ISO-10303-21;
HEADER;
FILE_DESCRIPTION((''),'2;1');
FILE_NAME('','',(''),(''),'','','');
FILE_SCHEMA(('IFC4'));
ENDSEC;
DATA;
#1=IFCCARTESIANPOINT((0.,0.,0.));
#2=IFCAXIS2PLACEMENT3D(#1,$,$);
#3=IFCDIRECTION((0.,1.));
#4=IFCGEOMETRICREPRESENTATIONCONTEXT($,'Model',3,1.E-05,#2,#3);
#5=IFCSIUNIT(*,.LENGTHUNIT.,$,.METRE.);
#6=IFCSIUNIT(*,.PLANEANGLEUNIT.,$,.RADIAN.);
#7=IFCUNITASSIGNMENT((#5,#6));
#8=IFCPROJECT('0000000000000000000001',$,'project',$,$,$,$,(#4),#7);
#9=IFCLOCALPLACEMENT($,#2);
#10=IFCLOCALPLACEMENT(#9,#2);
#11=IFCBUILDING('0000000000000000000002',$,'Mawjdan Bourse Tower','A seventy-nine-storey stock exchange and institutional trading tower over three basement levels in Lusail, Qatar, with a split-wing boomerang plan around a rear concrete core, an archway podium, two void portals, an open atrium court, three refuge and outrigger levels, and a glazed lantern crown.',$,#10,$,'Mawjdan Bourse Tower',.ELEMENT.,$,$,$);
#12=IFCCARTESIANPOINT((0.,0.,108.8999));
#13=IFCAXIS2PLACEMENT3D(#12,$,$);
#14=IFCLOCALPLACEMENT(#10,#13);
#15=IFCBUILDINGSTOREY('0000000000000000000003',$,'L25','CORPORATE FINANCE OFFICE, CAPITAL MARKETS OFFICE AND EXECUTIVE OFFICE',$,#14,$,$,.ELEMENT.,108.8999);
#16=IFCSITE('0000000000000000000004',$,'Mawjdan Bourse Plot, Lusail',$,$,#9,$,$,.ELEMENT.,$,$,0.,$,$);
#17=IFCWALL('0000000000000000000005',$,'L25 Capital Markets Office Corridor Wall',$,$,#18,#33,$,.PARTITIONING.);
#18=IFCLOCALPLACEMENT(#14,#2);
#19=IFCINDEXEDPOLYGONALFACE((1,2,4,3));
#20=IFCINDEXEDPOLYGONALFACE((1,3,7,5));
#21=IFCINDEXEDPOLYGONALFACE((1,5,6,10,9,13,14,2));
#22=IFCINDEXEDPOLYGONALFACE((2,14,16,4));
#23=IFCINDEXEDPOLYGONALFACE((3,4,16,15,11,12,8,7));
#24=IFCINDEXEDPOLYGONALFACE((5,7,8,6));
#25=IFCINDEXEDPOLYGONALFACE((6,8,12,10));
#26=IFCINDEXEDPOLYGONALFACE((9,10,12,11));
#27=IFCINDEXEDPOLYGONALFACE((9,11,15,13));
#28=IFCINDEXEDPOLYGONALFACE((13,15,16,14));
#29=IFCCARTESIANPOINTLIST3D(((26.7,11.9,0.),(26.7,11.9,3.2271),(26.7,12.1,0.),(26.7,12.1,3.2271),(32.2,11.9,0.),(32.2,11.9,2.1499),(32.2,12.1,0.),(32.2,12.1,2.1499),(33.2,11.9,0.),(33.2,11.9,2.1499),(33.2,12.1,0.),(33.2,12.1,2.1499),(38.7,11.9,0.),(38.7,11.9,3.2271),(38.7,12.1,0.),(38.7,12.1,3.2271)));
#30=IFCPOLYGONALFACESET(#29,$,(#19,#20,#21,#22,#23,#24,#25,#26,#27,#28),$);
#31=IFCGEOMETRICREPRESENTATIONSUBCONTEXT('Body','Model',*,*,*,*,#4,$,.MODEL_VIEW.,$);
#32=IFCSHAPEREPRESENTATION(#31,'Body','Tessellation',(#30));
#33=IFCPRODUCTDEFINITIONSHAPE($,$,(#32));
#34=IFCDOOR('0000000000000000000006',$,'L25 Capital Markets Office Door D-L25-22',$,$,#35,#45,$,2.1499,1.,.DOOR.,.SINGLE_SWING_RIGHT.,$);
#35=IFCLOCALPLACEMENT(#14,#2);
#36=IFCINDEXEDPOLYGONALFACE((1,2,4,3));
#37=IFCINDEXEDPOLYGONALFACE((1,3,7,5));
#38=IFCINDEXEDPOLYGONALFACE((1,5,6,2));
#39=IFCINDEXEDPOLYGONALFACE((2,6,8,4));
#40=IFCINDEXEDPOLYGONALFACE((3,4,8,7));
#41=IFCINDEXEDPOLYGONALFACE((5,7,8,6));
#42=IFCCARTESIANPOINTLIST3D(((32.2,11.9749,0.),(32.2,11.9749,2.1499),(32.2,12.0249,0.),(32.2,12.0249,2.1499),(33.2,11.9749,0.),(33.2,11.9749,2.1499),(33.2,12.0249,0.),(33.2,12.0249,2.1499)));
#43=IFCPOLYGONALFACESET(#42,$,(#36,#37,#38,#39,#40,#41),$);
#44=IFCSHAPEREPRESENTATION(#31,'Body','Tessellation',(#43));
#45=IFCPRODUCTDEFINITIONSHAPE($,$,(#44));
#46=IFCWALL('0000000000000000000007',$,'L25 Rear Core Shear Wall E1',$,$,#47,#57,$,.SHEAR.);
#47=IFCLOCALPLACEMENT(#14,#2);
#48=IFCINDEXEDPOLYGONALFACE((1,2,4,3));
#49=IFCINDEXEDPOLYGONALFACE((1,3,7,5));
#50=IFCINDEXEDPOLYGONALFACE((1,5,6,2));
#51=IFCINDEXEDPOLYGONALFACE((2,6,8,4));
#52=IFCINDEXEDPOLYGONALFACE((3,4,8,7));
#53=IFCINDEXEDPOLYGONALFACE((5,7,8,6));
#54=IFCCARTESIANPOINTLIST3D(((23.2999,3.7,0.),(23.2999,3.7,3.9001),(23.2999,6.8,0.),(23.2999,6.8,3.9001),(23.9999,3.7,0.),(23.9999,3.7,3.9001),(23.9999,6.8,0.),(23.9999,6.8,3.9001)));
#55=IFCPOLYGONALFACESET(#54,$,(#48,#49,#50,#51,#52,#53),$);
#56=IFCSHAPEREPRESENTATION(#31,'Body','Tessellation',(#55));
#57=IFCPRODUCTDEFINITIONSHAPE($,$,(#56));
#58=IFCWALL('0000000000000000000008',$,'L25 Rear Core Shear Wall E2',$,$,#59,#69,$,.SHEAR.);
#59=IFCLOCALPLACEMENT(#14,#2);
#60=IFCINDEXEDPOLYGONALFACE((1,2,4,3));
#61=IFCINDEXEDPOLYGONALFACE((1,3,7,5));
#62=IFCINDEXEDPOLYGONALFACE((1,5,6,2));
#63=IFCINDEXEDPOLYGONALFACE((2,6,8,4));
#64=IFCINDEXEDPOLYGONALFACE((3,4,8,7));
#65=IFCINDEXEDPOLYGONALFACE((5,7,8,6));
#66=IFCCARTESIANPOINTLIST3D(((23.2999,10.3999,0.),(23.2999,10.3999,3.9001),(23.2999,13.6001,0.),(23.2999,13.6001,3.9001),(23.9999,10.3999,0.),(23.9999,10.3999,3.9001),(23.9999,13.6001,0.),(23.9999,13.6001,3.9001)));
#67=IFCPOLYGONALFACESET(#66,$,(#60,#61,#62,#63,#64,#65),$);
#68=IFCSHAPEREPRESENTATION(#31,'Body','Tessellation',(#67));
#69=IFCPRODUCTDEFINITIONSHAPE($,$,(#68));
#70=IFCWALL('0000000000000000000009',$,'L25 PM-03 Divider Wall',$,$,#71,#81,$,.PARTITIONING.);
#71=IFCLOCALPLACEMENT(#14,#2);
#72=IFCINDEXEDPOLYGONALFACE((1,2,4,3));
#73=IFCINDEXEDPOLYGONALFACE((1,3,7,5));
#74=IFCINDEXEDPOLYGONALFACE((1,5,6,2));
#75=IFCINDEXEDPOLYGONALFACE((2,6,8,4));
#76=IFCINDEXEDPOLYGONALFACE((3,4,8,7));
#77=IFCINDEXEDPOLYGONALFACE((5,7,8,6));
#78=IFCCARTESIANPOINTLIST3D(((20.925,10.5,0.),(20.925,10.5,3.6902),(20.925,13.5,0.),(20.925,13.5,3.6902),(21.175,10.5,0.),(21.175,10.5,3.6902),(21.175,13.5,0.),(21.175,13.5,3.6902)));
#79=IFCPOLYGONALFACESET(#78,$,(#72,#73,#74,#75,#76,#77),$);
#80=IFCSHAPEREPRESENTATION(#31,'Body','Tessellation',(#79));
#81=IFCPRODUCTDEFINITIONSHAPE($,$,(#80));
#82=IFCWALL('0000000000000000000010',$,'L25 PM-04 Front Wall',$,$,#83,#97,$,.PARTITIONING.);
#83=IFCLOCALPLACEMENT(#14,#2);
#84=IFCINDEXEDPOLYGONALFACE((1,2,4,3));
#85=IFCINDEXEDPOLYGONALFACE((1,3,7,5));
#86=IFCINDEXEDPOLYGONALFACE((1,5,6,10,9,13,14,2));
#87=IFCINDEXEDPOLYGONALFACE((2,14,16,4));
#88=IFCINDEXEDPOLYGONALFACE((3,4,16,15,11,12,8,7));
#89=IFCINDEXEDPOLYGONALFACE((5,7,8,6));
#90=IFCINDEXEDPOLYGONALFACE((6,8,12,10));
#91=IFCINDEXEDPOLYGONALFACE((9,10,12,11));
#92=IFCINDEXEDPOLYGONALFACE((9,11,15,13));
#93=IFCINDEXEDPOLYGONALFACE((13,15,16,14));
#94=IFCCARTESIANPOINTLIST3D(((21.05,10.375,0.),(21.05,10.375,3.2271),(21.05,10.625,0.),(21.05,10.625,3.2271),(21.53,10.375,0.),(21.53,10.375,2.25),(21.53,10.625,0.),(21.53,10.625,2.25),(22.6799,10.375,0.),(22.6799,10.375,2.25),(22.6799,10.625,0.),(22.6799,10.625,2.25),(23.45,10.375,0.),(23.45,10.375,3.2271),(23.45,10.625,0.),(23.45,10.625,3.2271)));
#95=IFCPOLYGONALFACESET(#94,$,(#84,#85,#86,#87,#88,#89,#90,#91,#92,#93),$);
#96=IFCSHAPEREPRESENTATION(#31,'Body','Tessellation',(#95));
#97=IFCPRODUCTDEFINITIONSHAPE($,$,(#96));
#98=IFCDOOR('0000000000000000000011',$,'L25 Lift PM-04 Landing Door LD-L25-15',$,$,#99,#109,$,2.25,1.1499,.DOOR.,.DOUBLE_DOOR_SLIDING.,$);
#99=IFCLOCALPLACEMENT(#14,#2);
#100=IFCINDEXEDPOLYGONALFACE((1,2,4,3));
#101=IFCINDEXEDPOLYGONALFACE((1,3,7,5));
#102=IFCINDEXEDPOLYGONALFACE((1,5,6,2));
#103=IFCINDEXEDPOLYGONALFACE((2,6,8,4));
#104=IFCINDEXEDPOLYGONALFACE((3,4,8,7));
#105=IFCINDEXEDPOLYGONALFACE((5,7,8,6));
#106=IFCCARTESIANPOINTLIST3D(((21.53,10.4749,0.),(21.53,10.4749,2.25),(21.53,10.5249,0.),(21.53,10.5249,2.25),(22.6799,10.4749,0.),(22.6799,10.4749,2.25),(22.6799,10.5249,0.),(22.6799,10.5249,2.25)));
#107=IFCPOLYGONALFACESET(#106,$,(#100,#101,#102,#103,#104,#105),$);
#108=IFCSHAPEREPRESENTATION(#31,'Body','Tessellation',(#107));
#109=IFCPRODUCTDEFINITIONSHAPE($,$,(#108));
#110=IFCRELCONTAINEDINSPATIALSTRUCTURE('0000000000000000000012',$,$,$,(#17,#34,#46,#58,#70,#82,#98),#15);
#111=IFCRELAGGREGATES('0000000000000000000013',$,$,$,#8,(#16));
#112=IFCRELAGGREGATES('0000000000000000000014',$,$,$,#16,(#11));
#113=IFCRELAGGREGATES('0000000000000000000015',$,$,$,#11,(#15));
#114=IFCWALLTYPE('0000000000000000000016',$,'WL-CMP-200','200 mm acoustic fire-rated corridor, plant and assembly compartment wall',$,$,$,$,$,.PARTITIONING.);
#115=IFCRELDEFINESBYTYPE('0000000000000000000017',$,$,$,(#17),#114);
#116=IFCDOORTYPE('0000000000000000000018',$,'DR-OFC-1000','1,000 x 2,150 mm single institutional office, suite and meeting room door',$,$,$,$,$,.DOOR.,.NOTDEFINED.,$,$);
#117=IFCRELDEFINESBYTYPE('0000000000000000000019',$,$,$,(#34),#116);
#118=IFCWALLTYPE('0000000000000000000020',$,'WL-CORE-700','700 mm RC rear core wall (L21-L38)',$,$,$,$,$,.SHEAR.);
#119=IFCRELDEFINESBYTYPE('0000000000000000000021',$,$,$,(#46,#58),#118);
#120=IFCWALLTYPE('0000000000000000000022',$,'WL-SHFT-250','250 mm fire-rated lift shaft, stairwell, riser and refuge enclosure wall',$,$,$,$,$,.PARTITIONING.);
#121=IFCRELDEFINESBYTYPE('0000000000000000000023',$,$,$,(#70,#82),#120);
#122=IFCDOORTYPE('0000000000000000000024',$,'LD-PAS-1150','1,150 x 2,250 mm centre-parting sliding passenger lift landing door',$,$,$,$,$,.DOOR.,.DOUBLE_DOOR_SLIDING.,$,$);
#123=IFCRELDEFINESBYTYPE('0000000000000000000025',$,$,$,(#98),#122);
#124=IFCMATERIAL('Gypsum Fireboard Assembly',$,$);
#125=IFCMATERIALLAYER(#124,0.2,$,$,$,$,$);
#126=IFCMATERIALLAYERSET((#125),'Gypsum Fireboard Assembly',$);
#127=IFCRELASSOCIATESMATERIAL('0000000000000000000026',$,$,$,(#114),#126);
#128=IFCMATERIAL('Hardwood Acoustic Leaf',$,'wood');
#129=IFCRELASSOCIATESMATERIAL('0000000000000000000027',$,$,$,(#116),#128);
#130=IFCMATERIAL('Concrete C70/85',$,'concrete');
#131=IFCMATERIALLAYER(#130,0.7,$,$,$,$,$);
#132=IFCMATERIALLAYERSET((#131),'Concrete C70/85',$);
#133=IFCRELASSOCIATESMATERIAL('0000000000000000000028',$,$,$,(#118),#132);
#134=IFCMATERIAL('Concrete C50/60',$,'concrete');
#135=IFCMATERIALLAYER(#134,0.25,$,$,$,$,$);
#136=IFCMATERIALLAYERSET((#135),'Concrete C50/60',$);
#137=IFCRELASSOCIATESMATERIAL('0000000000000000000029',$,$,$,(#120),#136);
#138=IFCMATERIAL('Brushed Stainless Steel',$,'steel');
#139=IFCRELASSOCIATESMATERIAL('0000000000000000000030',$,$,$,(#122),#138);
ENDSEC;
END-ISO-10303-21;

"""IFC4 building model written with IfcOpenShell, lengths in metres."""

from ifc_helpers import new_model, si_unit, direction, frame, frame_2d, origin, place, context, subcontext, project, spatial, rectangle, extrude, material, layer, layer_set, type_object, element, fill, save


model = new_model("IFC4")

# Units and contexts
model_context = context("Model", 3, precision=1e-05, world=origin(), true_north=direction((0.0, 1.0)))
body_context = subcontext(model_context, "Body", "Model", "MODEL_VIEW")
ifc_project = project(units=[si_unit("LENGTHUNIT", "METRE"), si_unit("PLANEANGLEUNIT", "RADIAN")], contexts=[model_context])

# Site, building, storey
site_placement = place(None, origin())
site = spatial("IfcSite", under=ifc_project, at=site_placement, Name="Mawjdan Bourse Plot, Lusail", CompositionType="ELEMENT", RefElevation=0.0)
building_placement = place(site_placement, origin())
building = spatial("IfcBuilding", under=site, at=building_placement, Name="Mawjdan Bourse Tower", Description="A seventy-nine-storey stock exchange and institutional trading tower over three basement levels in Lusail, Qatar, with a split-wing boomerang plan around a rear concrete core, an archway podium, two void portals, an open atrium court, three refuge and outrigger levels, and a glazed lantern crown.", LongName="Mawjdan Bourse Tower", CompositionType="ELEMENT")
storey_placement = place(building_placement, frame((0.0, 0.0, 108.8999)))
storey = spatial("IfcBuildingStorey", under=building, at=storey_placement, Name="L25", Description="CORPORATE FINANCE OFFICE, CAPITAL MARKETS OFFICE AND EXECUTIVE OFFICE", CompositionType="ELEMENT", Elevation=108.8999)

# Shared definitions
ifc_material_1 = material(Name="Concrete C70/85", Category="concrete")

# Shared definitions
ifc_material_2 = material(Name="Gypsum Fireboard Assembly")
ifc_layer_1 = layer(ifc_material_2, 0.2)
ifc_layer_set_1 = layer_set([ifc_layer_1], Name="Gypsum Fireboard Assembly")
wall_type_1 = type_object("IfcWallType", Name="WL-CMP-200", Description="200 mm acoustic fire-rated corridor, plant and assembly compartment wall", PredefinedType="PARTITIONING", material=ifc_layer_set_1)
ifc_material_3 = material(Name="Hardwood Acoustic Leaf", Category="wood")
door_type_1 = type_object("IfcDoorType", Name="DR-OFC-1000", Description="1,000 x 2,150 mm single institutional office, suite and meeting room door", OperationType="NOTDEFINED", PredefinedType="DOOR", material=ifc_material_3)

# Wall, opening, door
wall_1_placement = place(storey_placement, frame((26.7, 12.0, 0.0), z_axis=(0.0, 0.0, 1.0), x_axis=(1.0, 0.0, 0.0)))
wall_1 = element("IfcWall", 1, at=wall_1_placement, inside=storey, type_object=wall_type_1, Name="L25 Capital Markets Office Corridor Wall", PredefinedType="PARTITIONING", context=body_context, shape_type="SweptSolid", body=[
    extrude(rectangle(XDim=12.0, YDim=0.2, at=frame_2d((6.0, 0.0))), origin(), (0.0, 0.0, 1.0), 3.2271),
])
opening_1_placement = place(wall_1_placement, frame((5.5, 0.0, 0.0)))
opening_1 = element("IfcOpeningElement", 2, at=opening_1_placement, cuts=wall_1, PredefinedType="OPENING", context=body_context, shape_type="SweptSolid", body=[
    extrude(rectangle(XDim=1.0, YDim=2.1499, at=frame_2d((0.5, 1.075))), frame((0.0, 0.1099, 0.0), z_axis=(0.0, -1.0, 0.0), x_axis=(1.0, 0.0, 0.0)), (0.0, 0.0, 1.0), 0.22),
])
door_1_placement = place(opening_1_placement, origin())
door_1 = element("IfcDoor", 3, at=door_1_placement, inside=storey, type_object=door_type_1, Name="L25 Capital Markets Office Door D-L25-22", OperationType="SINGLE_SWING_RIGHT", OverallHeight=2.1499, OverallWidth=1.0, PredefinedType="DOOR", context=body_context, shape_type="SweptSolid", body=[
    extrude(rectangle(XDim=1.0, YDim=2.1499, at=frame_2d((0.5, 1.075))), frame((0.0, 0.0249, 0.0), z_axis=(0.0, -1.0, 0.0), x_axis=(1.0, 0.0, 0.0)), (0.0, 0.0, 1.0), 0.05),
])
fill(opening_1, door_1)

# Walls
ifc_layer_2 = layer(ifc_material_1, 0.7)
ifc_layer_set_2 = layer_set([ifc_layer_2], Name="Concrete C70/85")
wall_type_2 = type_object("IfcWallType", Name="WL-CORE-700", Description="700 mm RC rear core wall (L21-L38)", PredefinedType="SHEAR", material=ifc_layer_set_2)
wall_2_placement = place(storey_placement, frame((23.6499, 3.7, 0.0), z_axis=(0.0, 0.0, 1.0), x_axis=(0.0, 1.0, 0.0)))
element("IfcWall", 4, at=wall_2_placement, inside=storey, type_object=wall_type_2, Name="L25 Rear Core Shear Wall E1", PredefinedType="SHEAR", context=body_context, shape_type="SweptSolid", body=[
    extrude(rectangle(XDim=3.1001, YDim=0.7, at=frame_2d((1.55, 0.0))), origin(), (0.0, 0.0, 1.0), 3.9001),
])
wall_3_placement = place(storey_placement, frame((23.6499, 10.3999, 0.0), z_axis=(0.0, 0.0, 1.0), x_axis=(0.0, 1.0, 0.0)))
element("IfcWall", 5, at=wall_3_placement, inside=storey, type_object=wall_type_2, Name="L25 Rear Core Shear Wall E2", PredefinedType="SHEAR", context=body_context, shape_type="SweptSolid", body=[
    extrude(rectangle(XDim=3.2002, YDim=0.7, at=frame_2d((1.6001, 0.0))), origin(), (0.0, 0.0, 1.0), 3.9001),
])
ifc_material_4 = material(Name="Concrete C50/60", Category="concrete")
ifc_layer_3 = layer(ifc_material_4, 0.25)
ifc_layer_set_3 = layer_set([ifc_layer_3], Name="Concrete C50/60")
wall_type_3 = type_object("IfcWallType", Name="WL-SHFT-250", Description="250 mm fire-rated lift shaft, stairwell, riser and refuge enclosure wall", PredefinedType="PARTITIONING", material=ifc_layer_set_3)
wall_4_placement = place(storey_placement, frame((21.05, 10.5, 0.0), z_axis=(0.0, 0.0, 1.0), x_axis=(0.0, 1.0, 0.0)))
element("IfcWall", 6, at=wall_4_placement, inside=storey, type_object=wall_type_3, Name="L25 PM-03 Divider Wall", PredefinedType="PARTITIONING", context=body_context, shape_type="SweptSolid", body=[
    extrude(rectangle(XDim=3.0, YDim=0.25, at=frame_2d((1.5, 0.0))), origin(), (0.0, 0.0, 1.0), 3.6902),
])

# Wall, opening, door
wall_5_placement = place(storey_placement, frame((21.05, 10.5, 0.0), z_axis=(0.0, 0.0, 1.0), x_axis=(1.0, 0.0, 0.0)))
wall_5 = element("IfcWall", 7, at=wall_5_placement, inside=storey, type_object=wall_type_3, Name="L25 PM-04 Front Wall", PredefinedType="PARTITIONING", context=body_context, shape_type="SweptSolid", body=[
    extrude(rectangle(XDim=2.3999, YDim=0.25, at=frame_2d((1.2, 0.0))), origin(), (0.0, 0.0, 1.0), 3.2271),
])
opening_2_placement = place(wall_5_placement, frame((0.48, 0.0, 0.0)))
opening_2 = element("IfcOpeningElement", 8, at=opening_2_placement, cuts=wall_5, PredefinedType="OPENING", context=body_context, shape_type="SweptSolid", body=[
    extrude(rectangle(XDim=1.1499, YDim=2.25, at=frame_2d((0.575, 1.125))), frame((0.0, 0.135, 0.0), z_axis=(0.0, -1.0, 0.0), x_axis=(1.0, 0.0, 0.0)), (0.0, 0.0, 1.0), 0.27),
])
ifc_material_5 = material(Name="Brushed Stainless Steel", Category="steel")
door_type_2 = type_object("IfcDoorType", Name="LD-PAS-1150", Description="1,150 x 2,250 mm centre-parting sliding passenger lift landing door", OperationType="DOUBLE_DOOR_SLIDING", PredefinedType="DOOR", material=ifc_material_5)
door_2_placement = place(opening_2_placement, origin())
door_2 = element("IfcDoor", 9, at=door_2_placement, inside=storey, type_object=door_type_2, Name="L25 Lift PM-04 Landing Door LD-L25-15", OperationType="DOUBLE_DOOR_SLIDING", OverallHeight=2.25, OverallWidth=1.1499, PredefinedType="DOOR", context=body_context, shape_type="SweptSolid", body=[
    extrude(rectangle(XDim=1.1499, YDim=2.25, at=frame_2d((0.575, 1.125))), frame((0.0, 0.0249, 0.0), z_axis=(0.0, -1.0, 0.0), x_axis=(1.0, 0.0, 0.0)), (0.0, 0.0, 1.0), 0.05),
])
fill(opening_2, door_2)

save(model, "model.ifc")
